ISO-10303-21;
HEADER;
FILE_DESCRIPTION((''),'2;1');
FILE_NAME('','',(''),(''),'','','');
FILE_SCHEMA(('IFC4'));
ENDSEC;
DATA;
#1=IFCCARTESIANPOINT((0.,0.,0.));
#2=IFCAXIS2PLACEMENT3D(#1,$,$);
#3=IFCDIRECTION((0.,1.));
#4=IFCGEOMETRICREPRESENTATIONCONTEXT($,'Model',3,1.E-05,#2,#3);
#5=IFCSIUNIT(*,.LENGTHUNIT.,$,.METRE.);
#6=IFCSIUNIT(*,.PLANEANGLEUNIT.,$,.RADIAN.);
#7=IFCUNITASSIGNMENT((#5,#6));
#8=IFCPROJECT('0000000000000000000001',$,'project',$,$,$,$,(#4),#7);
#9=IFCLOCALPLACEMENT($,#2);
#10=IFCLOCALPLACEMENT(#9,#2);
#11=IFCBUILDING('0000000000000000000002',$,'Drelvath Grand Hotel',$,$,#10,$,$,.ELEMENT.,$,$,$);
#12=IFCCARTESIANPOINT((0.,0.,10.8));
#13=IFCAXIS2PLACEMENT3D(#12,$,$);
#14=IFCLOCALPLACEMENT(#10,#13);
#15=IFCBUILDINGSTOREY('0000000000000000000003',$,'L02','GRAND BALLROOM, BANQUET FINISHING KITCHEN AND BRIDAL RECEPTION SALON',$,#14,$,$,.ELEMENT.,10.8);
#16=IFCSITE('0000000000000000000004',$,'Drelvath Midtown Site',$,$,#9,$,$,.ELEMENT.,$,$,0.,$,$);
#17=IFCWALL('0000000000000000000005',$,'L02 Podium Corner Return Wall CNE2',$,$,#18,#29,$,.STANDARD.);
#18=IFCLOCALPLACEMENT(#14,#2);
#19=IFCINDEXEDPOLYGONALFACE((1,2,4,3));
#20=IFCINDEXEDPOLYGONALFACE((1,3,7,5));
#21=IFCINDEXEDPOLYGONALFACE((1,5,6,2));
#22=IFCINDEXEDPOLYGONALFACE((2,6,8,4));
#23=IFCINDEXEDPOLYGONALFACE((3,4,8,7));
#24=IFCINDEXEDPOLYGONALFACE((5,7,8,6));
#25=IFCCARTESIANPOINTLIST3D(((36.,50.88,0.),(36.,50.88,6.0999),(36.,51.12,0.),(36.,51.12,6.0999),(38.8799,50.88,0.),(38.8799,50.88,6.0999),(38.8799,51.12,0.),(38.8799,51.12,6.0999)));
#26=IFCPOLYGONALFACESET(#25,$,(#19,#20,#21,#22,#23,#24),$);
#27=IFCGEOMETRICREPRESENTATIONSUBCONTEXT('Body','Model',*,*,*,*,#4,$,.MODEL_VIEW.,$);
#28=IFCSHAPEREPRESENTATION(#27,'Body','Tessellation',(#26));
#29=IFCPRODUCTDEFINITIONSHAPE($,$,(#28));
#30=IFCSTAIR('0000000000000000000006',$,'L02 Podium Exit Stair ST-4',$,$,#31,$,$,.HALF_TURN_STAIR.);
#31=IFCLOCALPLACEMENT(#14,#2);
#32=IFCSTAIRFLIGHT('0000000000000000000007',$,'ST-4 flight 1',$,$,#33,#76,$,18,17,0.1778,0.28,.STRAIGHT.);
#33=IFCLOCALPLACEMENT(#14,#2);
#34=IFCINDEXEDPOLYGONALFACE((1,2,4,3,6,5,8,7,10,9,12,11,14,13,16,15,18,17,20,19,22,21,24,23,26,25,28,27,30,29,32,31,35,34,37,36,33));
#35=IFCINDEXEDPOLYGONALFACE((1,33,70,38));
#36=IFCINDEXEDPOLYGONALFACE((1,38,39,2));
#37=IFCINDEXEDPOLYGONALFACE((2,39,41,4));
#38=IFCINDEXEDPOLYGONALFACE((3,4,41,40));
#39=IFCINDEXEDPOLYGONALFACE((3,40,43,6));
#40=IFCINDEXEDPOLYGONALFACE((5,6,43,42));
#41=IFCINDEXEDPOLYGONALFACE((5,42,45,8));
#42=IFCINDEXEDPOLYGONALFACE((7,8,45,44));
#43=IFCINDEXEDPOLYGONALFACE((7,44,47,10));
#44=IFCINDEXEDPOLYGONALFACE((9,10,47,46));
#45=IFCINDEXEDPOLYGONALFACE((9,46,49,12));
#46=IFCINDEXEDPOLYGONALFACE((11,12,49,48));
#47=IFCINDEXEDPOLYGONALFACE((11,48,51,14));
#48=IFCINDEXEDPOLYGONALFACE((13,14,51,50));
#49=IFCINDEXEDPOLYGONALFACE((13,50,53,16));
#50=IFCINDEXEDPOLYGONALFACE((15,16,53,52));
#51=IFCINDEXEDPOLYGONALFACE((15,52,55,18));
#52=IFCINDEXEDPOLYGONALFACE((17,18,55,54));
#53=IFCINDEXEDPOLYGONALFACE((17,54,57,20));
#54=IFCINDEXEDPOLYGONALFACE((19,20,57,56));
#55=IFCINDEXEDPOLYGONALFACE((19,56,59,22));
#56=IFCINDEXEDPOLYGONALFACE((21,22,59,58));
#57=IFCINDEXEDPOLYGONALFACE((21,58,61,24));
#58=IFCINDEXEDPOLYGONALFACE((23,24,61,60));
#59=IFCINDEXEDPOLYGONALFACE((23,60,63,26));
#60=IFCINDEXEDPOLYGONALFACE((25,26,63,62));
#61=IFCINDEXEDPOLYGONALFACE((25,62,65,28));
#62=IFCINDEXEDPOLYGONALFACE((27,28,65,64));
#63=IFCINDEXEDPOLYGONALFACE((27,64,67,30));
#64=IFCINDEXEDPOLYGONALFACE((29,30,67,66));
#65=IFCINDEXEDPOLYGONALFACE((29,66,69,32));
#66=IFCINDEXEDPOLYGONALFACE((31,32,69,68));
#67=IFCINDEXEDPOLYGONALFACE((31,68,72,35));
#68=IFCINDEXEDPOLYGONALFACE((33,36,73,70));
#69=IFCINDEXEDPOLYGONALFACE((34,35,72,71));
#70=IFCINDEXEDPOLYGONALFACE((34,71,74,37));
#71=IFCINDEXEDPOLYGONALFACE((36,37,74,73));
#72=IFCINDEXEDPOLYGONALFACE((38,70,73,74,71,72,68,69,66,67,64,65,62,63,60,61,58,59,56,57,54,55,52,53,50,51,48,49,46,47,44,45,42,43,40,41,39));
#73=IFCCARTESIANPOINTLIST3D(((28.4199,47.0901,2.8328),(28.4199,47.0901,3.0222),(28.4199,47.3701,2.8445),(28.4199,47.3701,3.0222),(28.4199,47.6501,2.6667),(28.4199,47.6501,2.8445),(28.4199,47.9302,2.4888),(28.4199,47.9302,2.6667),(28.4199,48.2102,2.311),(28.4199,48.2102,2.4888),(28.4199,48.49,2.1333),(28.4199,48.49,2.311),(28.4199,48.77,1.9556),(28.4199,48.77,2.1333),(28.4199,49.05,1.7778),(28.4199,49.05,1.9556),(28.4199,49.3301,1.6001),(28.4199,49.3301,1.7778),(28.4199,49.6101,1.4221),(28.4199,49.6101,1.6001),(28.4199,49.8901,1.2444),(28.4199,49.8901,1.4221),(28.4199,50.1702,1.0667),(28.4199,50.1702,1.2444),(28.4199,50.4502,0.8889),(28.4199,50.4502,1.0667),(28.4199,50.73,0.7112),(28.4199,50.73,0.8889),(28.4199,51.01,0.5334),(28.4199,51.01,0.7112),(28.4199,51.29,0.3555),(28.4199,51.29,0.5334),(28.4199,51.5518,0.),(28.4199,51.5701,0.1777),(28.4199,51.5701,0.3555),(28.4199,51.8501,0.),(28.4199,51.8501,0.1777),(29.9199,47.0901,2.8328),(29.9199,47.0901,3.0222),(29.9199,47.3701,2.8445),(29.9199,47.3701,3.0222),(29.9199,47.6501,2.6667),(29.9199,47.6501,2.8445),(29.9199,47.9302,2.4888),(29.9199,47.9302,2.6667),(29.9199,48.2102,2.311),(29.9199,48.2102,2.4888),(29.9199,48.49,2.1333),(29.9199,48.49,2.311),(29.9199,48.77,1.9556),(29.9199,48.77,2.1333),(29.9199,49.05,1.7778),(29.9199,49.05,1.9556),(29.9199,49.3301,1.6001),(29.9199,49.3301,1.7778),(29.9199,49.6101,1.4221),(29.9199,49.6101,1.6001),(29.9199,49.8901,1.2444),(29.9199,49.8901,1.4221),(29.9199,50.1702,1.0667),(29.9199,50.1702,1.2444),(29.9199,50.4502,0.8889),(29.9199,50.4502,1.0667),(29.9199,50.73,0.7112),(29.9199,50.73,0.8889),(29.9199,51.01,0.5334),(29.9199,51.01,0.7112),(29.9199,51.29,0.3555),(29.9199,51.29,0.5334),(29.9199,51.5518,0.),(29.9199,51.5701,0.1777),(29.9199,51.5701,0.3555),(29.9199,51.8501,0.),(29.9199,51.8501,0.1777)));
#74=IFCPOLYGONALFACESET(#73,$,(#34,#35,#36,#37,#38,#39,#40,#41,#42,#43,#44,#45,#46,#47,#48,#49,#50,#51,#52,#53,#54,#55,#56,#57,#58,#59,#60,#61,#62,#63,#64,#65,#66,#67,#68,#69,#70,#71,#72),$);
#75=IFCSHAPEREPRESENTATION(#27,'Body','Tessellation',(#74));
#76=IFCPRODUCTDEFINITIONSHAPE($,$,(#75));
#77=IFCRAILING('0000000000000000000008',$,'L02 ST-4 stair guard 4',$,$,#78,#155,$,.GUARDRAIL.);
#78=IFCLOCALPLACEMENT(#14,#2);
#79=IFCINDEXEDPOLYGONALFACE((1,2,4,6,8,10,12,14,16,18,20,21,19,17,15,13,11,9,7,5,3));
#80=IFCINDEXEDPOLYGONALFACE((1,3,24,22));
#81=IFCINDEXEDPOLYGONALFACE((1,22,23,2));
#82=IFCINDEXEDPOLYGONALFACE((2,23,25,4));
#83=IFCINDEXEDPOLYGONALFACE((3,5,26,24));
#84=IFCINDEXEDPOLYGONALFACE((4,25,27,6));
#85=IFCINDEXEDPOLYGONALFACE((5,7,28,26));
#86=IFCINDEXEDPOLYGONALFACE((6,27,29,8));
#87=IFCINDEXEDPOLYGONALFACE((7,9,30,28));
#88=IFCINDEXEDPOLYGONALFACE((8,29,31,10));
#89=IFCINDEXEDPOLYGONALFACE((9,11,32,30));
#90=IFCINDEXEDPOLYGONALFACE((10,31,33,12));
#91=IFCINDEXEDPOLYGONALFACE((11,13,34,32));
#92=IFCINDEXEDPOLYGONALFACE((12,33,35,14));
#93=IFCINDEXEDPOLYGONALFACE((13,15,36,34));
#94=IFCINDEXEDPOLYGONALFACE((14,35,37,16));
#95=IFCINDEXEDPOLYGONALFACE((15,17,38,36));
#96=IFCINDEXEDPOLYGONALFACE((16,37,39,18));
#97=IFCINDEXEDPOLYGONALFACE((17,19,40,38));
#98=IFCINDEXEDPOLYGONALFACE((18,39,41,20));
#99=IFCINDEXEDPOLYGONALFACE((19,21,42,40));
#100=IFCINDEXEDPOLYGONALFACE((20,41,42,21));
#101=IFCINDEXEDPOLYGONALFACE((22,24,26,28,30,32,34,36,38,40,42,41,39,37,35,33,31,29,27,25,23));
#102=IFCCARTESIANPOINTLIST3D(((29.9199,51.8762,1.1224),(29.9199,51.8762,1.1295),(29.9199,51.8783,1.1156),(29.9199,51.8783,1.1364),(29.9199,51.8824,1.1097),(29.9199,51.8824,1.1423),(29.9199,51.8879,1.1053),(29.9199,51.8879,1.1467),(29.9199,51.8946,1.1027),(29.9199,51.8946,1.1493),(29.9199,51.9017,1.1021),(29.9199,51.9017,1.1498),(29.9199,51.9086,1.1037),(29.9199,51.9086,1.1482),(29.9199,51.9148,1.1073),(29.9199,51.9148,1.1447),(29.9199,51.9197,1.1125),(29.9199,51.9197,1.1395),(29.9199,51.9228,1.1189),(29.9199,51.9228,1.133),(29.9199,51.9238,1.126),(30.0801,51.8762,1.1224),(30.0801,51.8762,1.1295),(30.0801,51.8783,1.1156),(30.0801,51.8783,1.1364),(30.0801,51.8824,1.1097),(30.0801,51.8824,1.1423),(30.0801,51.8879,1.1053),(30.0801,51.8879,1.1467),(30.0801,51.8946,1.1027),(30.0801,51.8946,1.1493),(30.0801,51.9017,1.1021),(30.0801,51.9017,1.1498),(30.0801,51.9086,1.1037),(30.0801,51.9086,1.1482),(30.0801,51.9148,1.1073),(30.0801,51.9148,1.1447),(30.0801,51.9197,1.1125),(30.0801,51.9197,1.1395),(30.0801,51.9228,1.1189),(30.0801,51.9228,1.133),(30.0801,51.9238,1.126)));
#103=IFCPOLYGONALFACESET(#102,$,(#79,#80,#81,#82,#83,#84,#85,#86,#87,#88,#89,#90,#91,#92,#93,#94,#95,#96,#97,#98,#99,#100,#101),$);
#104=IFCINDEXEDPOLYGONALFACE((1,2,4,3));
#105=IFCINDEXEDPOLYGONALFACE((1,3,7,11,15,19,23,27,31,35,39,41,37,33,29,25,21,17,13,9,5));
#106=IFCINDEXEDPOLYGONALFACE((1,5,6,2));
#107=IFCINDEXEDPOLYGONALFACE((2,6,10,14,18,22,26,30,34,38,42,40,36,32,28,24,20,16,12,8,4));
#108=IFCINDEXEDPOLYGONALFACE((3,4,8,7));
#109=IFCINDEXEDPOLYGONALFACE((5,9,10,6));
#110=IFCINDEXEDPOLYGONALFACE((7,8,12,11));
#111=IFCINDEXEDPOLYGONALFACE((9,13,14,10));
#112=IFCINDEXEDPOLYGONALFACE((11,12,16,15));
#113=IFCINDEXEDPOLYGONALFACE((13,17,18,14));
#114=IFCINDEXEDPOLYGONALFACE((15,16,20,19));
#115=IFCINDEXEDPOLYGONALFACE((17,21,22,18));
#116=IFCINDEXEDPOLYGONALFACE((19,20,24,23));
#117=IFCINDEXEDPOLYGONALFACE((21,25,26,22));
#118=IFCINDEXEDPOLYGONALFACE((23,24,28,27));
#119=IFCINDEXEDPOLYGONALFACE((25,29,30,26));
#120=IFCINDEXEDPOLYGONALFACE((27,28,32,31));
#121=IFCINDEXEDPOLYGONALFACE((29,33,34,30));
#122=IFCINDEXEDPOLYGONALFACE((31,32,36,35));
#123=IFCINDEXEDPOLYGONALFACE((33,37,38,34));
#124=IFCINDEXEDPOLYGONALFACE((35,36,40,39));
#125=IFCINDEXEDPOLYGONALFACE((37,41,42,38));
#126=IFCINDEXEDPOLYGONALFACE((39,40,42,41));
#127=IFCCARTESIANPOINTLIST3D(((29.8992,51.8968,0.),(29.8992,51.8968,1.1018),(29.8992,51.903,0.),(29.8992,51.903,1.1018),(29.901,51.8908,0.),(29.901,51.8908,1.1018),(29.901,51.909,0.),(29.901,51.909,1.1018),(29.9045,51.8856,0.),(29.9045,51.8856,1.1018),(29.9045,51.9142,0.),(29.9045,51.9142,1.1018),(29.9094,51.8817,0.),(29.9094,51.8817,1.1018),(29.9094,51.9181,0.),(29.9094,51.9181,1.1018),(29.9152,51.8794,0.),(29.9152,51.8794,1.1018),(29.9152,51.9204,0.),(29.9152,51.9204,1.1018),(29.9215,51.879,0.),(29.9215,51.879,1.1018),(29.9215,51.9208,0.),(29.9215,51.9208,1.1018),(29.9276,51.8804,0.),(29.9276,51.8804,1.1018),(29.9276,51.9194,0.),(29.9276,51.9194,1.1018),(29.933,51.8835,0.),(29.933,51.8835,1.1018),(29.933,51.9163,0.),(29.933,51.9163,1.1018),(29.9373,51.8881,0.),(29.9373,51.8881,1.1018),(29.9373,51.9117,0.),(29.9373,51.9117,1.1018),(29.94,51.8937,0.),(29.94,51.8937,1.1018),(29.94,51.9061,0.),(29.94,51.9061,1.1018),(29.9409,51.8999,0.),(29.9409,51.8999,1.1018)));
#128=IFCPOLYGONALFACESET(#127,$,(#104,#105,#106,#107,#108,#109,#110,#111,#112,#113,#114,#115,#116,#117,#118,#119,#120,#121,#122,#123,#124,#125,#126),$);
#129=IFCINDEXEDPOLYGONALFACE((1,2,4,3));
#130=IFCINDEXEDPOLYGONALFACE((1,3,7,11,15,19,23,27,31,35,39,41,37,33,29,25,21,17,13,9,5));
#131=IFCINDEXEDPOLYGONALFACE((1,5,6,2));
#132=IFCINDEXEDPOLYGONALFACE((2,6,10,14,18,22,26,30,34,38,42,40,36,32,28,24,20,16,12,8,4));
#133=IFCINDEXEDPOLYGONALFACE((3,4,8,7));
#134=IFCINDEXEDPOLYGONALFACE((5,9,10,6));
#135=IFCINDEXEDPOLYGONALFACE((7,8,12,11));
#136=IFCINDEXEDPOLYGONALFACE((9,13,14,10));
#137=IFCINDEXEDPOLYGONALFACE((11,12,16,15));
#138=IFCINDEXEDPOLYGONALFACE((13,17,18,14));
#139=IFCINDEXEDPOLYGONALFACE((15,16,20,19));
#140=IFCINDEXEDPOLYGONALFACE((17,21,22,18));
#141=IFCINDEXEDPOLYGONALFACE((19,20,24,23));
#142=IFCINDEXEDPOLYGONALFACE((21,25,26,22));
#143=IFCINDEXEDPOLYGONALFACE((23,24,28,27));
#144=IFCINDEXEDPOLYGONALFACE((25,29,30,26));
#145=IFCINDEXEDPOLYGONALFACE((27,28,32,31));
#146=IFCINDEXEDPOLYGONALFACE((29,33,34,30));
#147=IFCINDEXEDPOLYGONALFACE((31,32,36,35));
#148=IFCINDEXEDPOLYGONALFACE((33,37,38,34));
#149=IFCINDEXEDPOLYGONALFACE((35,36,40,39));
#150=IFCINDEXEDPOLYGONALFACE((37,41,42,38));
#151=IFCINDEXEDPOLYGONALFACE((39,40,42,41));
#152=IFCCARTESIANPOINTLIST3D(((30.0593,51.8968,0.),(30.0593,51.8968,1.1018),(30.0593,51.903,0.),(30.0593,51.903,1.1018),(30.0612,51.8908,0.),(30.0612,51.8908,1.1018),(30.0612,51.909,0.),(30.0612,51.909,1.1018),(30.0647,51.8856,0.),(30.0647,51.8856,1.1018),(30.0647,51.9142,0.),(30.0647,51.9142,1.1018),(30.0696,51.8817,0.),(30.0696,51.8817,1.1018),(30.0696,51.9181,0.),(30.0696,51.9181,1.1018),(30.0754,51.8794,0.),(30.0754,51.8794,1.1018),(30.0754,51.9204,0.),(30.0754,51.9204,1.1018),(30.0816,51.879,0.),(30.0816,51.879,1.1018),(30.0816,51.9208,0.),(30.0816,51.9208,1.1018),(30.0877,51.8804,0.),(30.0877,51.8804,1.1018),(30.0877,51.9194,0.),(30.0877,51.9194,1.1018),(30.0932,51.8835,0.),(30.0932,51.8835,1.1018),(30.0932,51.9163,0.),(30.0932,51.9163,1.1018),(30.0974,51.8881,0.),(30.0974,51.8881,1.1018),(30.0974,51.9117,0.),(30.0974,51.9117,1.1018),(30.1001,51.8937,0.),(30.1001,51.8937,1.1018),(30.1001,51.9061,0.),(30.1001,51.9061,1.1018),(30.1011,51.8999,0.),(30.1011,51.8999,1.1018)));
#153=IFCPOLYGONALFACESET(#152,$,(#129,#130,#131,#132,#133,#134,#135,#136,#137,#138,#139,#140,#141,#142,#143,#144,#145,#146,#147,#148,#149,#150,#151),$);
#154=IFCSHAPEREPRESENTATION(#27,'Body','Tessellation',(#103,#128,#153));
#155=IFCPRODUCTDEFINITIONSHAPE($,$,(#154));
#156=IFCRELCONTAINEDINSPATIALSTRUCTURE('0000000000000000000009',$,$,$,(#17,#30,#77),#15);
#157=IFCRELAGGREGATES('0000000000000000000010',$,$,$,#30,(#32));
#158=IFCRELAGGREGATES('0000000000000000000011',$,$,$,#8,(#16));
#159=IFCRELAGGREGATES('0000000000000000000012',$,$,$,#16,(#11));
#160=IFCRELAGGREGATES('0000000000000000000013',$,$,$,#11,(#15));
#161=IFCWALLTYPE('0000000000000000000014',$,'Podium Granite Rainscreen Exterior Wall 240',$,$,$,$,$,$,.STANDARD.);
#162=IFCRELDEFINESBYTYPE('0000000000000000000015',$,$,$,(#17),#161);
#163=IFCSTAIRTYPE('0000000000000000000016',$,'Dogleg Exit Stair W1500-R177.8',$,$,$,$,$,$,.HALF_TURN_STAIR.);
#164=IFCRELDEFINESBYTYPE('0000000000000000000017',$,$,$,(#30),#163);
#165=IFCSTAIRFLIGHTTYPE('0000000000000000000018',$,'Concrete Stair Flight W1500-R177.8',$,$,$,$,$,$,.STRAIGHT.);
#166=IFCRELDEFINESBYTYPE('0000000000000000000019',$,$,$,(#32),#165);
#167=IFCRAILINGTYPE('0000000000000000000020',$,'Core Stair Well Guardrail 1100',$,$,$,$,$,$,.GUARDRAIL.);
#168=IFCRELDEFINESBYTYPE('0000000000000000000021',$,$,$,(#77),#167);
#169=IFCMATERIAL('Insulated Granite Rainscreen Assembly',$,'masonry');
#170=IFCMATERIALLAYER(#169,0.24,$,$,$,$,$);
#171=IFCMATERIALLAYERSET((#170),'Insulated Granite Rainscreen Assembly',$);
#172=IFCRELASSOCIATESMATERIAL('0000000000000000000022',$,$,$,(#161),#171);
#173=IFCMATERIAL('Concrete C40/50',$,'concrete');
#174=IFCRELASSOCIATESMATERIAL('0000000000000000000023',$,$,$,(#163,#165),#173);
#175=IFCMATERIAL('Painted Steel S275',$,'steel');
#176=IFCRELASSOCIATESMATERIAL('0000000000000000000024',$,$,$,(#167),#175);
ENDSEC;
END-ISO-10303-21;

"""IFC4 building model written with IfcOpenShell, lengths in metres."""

from ifc_helpers import new_model, si_unit, direction, frame, frame_2d, origin, origin_2d, place, context, subcontext, project, spatial, polyline, rectangle, circle, outline, extrude, material, layer, layer_set, type_object, element, aggregate, save


model = new_model("IFC4")

# Units and contexts
model_context = context("Model", 3, precision=1e-05, world=origin(), true_north=direction((0.0, 1.0)))
body_context = subcontext(model_context, "Body", "Model", "MODEL_VIEW")
ifc_project = project(units=[si_unit("LENGTHUNIT", "METRE"), si_unit("PLANEANGLEUNIT", "RADIAN")], contexts=[model_context])

# Site, building, storey
site_placement = place(None, origin())
site = spatial("IfcSite", under=ifc_project, at=site_placement, Name="Drelvath Midtown Site", CompositionType="ELEMENT", RefElevation=0.0)
building_placement = place(site_placement, origin())
building = spatial("IfcBuilding", under=site, at=building_placement, Name="Drelvath Grand Hotel", CompositionType="ELEMENT")
storey_placement = place(building_placement, frame((0.0, 0.0, 10.8)))
storey = spatial("IfcBuildingStorey", under=building, at=storey_placement, Name="L02", Description="GRAND BALLROOM, BANQUET FINISHING KITCHEN AND BRIDAL RECEPTION SALON", CompositionType="ELEMENT", Elevation=10.8)

# Shared definitions
ifc_material_1 = material(Name="Concrete C40/50", Category="concrete")

# Shared definitions
ifc_material_2 = material(Name="Insulated Granite Rainscreen Assembly", Category="masonry")
ifc_layer_1 = layer(ifc_material_2, 0.24)
ifc_layer_set_1 = layer_set([ifc_layer_1], Name="Insulated Granite Rainscreen Assembly")
wall_type_1 = type_object("IfcWallType", Name="Podium Granite Rainscreen Exterior Wall 240", PredefinedType="STANDARD", material=ifc_layer_set_1)

# Wall
for number, where, z_axis, x_axis, name in (
    (1, (36.0, 51.0, 0.0), (0.0, 0.0, 1.0), (1.0, 0.0, 0.0), "L02 Podium Corner Return Wall CNE2"),
):
    element("IfcWall", number, at=place(storey_placement, frame(where, z_axis=z_axis, x_axis=x_axis)), inside=storey, type_object=wall_type_1, Name=name, PredefinedType="STANDARD", context=body_context, shape_type="SweptSolid", body=[
        extrude(rectangle(XDim=2.8799, YDim=0.24, at=frame_2d((1.4399, 0.0))), origin(), (0.0, 0.0, 1.0), 6.0999),
    ])

# Stair, stair flight
stair_type = type_object("IfcStairType", Name="Dogleg Exit Stair W1500-R177.8", PredefinedType="HALF_TURN_STAIR", material=ifc_material_1)
stair_placement = place(storey_placement, origin())
stair = element("IfcStair", 2, at=stair_placement, inside=storey, type_object=stair_type, Name="L02 Podium Exit Stair ST-4", PredefinedType="HALF_TURN_STAIR")
stair_flight_type = type_object("IfcStairFlightType", Name="Concrete Stair Flight W1500-R177.8", PredefinedType="STRAIGHT", material=ifc_material_1)
stair_flight_placement = place(storey_placement, frame((29.1699, 51.8501, 0.0), z_axis=(0.0, 0.0, 1.0), x_axis=(0.0, -1.0, 0.0)))
stair_flight = element("IfcStairFlight", 3, at=stair_flight_placement, type_object=stair_flight_type, Name="ST-4 flight 1", NumberOfRisers=18, NumberOfTreads=17, PredefinedType="STRAIGHT", RiserHeight=0.1778, TreadLength=0.28, context=body_context, shape_type="SweptSolid", body=[
    extrude(outline(polyline([(0.0, 0.0), (0.0, 0.1777), (0.28, 0.1777), (0.28, 0.3555), (0.5601, 0.3555), (0.5601, 0.5334), (0.8401, 0.5334), (0.8401, 0.7112), (1.1201, 0.7112), (1.1201, 0.8889), (1.3999, 0.8889), (1.3999, 1.0667), (1.6799, 1.0667), (1.6799, 1.2444), (1.96, 1.2444), (1.96, 1.4221), (2.24, 1.4221), (2.24, 1.6001), (2.52, 1.6001), (2.52, 1.7778), (2.8, 1.7778), (2.8, 1.9556), (3.0801, 1.9556), (3.0801, 2.1333), (3.3601, 2.1333), (3.3601, 2.311), (3.6399, 2.311), (3.6399, 2.4888), (3.9199, 2.4888), (3.9199, 2.6667), (4.2, 2.6667), (4.2, 2.8445), (4.48, 2.8445), (4.48, 3.0222), (4.76, 3.0222), (4.76, 3.2), (4.76, 2.8328), (0.2983, 0.0), (0.0, 0.0)])), frame((0.0, 0.75, 0.0), z_axis=(0.0, -1.0, 0.0), x_axis=(1.0, 0.0, 0.0)), (0.0, 0.0, 1.0), 1.5),
])
aggregate(stair, [stair_flight])

# Railing
ifc_material_3 = material(Name="Painted Steel S275", Category="steel")
railing_type_1 = type_object("IfcRailingType", Name="Core Stair Well Guardrail 1100", PredefinedType="GUARDRAIL", material=ifc_material_3)
railing_1_placement = place(storey_placement, frame((29.9199, 51.8999, 0.0)))
element("IfcRailing", 4, at=railing_1_placement, inside=storey, type_object=railing_type_1, Name="L02 ST-4 stair guard 4", PredefinedType="GUARDRAIL", context=body_context, shape_type="SweptSolid", body=[
    extrude(circle(Radius=0.0239, at=origin_2d()), frame((0.0, 0.0, 1.126), z_axis=(1.0, 0.0, 0.0), x_axis=(0.0, 1.0, 0.0)), (0.0, 0.0, 1.0), 0.1602),
    extrude(circle(Radius=0.021, at=origin_2d()), origin(), (0.0, 0.0, 1.0), 1.1018),
    extrude(circle(Radius=0.021, at=origin_2d()), frame((0.1602, 0.0, 0.0)), (0.0, 0.0, 1.0), 1.1018),
])

save(model, "model.ifc")
